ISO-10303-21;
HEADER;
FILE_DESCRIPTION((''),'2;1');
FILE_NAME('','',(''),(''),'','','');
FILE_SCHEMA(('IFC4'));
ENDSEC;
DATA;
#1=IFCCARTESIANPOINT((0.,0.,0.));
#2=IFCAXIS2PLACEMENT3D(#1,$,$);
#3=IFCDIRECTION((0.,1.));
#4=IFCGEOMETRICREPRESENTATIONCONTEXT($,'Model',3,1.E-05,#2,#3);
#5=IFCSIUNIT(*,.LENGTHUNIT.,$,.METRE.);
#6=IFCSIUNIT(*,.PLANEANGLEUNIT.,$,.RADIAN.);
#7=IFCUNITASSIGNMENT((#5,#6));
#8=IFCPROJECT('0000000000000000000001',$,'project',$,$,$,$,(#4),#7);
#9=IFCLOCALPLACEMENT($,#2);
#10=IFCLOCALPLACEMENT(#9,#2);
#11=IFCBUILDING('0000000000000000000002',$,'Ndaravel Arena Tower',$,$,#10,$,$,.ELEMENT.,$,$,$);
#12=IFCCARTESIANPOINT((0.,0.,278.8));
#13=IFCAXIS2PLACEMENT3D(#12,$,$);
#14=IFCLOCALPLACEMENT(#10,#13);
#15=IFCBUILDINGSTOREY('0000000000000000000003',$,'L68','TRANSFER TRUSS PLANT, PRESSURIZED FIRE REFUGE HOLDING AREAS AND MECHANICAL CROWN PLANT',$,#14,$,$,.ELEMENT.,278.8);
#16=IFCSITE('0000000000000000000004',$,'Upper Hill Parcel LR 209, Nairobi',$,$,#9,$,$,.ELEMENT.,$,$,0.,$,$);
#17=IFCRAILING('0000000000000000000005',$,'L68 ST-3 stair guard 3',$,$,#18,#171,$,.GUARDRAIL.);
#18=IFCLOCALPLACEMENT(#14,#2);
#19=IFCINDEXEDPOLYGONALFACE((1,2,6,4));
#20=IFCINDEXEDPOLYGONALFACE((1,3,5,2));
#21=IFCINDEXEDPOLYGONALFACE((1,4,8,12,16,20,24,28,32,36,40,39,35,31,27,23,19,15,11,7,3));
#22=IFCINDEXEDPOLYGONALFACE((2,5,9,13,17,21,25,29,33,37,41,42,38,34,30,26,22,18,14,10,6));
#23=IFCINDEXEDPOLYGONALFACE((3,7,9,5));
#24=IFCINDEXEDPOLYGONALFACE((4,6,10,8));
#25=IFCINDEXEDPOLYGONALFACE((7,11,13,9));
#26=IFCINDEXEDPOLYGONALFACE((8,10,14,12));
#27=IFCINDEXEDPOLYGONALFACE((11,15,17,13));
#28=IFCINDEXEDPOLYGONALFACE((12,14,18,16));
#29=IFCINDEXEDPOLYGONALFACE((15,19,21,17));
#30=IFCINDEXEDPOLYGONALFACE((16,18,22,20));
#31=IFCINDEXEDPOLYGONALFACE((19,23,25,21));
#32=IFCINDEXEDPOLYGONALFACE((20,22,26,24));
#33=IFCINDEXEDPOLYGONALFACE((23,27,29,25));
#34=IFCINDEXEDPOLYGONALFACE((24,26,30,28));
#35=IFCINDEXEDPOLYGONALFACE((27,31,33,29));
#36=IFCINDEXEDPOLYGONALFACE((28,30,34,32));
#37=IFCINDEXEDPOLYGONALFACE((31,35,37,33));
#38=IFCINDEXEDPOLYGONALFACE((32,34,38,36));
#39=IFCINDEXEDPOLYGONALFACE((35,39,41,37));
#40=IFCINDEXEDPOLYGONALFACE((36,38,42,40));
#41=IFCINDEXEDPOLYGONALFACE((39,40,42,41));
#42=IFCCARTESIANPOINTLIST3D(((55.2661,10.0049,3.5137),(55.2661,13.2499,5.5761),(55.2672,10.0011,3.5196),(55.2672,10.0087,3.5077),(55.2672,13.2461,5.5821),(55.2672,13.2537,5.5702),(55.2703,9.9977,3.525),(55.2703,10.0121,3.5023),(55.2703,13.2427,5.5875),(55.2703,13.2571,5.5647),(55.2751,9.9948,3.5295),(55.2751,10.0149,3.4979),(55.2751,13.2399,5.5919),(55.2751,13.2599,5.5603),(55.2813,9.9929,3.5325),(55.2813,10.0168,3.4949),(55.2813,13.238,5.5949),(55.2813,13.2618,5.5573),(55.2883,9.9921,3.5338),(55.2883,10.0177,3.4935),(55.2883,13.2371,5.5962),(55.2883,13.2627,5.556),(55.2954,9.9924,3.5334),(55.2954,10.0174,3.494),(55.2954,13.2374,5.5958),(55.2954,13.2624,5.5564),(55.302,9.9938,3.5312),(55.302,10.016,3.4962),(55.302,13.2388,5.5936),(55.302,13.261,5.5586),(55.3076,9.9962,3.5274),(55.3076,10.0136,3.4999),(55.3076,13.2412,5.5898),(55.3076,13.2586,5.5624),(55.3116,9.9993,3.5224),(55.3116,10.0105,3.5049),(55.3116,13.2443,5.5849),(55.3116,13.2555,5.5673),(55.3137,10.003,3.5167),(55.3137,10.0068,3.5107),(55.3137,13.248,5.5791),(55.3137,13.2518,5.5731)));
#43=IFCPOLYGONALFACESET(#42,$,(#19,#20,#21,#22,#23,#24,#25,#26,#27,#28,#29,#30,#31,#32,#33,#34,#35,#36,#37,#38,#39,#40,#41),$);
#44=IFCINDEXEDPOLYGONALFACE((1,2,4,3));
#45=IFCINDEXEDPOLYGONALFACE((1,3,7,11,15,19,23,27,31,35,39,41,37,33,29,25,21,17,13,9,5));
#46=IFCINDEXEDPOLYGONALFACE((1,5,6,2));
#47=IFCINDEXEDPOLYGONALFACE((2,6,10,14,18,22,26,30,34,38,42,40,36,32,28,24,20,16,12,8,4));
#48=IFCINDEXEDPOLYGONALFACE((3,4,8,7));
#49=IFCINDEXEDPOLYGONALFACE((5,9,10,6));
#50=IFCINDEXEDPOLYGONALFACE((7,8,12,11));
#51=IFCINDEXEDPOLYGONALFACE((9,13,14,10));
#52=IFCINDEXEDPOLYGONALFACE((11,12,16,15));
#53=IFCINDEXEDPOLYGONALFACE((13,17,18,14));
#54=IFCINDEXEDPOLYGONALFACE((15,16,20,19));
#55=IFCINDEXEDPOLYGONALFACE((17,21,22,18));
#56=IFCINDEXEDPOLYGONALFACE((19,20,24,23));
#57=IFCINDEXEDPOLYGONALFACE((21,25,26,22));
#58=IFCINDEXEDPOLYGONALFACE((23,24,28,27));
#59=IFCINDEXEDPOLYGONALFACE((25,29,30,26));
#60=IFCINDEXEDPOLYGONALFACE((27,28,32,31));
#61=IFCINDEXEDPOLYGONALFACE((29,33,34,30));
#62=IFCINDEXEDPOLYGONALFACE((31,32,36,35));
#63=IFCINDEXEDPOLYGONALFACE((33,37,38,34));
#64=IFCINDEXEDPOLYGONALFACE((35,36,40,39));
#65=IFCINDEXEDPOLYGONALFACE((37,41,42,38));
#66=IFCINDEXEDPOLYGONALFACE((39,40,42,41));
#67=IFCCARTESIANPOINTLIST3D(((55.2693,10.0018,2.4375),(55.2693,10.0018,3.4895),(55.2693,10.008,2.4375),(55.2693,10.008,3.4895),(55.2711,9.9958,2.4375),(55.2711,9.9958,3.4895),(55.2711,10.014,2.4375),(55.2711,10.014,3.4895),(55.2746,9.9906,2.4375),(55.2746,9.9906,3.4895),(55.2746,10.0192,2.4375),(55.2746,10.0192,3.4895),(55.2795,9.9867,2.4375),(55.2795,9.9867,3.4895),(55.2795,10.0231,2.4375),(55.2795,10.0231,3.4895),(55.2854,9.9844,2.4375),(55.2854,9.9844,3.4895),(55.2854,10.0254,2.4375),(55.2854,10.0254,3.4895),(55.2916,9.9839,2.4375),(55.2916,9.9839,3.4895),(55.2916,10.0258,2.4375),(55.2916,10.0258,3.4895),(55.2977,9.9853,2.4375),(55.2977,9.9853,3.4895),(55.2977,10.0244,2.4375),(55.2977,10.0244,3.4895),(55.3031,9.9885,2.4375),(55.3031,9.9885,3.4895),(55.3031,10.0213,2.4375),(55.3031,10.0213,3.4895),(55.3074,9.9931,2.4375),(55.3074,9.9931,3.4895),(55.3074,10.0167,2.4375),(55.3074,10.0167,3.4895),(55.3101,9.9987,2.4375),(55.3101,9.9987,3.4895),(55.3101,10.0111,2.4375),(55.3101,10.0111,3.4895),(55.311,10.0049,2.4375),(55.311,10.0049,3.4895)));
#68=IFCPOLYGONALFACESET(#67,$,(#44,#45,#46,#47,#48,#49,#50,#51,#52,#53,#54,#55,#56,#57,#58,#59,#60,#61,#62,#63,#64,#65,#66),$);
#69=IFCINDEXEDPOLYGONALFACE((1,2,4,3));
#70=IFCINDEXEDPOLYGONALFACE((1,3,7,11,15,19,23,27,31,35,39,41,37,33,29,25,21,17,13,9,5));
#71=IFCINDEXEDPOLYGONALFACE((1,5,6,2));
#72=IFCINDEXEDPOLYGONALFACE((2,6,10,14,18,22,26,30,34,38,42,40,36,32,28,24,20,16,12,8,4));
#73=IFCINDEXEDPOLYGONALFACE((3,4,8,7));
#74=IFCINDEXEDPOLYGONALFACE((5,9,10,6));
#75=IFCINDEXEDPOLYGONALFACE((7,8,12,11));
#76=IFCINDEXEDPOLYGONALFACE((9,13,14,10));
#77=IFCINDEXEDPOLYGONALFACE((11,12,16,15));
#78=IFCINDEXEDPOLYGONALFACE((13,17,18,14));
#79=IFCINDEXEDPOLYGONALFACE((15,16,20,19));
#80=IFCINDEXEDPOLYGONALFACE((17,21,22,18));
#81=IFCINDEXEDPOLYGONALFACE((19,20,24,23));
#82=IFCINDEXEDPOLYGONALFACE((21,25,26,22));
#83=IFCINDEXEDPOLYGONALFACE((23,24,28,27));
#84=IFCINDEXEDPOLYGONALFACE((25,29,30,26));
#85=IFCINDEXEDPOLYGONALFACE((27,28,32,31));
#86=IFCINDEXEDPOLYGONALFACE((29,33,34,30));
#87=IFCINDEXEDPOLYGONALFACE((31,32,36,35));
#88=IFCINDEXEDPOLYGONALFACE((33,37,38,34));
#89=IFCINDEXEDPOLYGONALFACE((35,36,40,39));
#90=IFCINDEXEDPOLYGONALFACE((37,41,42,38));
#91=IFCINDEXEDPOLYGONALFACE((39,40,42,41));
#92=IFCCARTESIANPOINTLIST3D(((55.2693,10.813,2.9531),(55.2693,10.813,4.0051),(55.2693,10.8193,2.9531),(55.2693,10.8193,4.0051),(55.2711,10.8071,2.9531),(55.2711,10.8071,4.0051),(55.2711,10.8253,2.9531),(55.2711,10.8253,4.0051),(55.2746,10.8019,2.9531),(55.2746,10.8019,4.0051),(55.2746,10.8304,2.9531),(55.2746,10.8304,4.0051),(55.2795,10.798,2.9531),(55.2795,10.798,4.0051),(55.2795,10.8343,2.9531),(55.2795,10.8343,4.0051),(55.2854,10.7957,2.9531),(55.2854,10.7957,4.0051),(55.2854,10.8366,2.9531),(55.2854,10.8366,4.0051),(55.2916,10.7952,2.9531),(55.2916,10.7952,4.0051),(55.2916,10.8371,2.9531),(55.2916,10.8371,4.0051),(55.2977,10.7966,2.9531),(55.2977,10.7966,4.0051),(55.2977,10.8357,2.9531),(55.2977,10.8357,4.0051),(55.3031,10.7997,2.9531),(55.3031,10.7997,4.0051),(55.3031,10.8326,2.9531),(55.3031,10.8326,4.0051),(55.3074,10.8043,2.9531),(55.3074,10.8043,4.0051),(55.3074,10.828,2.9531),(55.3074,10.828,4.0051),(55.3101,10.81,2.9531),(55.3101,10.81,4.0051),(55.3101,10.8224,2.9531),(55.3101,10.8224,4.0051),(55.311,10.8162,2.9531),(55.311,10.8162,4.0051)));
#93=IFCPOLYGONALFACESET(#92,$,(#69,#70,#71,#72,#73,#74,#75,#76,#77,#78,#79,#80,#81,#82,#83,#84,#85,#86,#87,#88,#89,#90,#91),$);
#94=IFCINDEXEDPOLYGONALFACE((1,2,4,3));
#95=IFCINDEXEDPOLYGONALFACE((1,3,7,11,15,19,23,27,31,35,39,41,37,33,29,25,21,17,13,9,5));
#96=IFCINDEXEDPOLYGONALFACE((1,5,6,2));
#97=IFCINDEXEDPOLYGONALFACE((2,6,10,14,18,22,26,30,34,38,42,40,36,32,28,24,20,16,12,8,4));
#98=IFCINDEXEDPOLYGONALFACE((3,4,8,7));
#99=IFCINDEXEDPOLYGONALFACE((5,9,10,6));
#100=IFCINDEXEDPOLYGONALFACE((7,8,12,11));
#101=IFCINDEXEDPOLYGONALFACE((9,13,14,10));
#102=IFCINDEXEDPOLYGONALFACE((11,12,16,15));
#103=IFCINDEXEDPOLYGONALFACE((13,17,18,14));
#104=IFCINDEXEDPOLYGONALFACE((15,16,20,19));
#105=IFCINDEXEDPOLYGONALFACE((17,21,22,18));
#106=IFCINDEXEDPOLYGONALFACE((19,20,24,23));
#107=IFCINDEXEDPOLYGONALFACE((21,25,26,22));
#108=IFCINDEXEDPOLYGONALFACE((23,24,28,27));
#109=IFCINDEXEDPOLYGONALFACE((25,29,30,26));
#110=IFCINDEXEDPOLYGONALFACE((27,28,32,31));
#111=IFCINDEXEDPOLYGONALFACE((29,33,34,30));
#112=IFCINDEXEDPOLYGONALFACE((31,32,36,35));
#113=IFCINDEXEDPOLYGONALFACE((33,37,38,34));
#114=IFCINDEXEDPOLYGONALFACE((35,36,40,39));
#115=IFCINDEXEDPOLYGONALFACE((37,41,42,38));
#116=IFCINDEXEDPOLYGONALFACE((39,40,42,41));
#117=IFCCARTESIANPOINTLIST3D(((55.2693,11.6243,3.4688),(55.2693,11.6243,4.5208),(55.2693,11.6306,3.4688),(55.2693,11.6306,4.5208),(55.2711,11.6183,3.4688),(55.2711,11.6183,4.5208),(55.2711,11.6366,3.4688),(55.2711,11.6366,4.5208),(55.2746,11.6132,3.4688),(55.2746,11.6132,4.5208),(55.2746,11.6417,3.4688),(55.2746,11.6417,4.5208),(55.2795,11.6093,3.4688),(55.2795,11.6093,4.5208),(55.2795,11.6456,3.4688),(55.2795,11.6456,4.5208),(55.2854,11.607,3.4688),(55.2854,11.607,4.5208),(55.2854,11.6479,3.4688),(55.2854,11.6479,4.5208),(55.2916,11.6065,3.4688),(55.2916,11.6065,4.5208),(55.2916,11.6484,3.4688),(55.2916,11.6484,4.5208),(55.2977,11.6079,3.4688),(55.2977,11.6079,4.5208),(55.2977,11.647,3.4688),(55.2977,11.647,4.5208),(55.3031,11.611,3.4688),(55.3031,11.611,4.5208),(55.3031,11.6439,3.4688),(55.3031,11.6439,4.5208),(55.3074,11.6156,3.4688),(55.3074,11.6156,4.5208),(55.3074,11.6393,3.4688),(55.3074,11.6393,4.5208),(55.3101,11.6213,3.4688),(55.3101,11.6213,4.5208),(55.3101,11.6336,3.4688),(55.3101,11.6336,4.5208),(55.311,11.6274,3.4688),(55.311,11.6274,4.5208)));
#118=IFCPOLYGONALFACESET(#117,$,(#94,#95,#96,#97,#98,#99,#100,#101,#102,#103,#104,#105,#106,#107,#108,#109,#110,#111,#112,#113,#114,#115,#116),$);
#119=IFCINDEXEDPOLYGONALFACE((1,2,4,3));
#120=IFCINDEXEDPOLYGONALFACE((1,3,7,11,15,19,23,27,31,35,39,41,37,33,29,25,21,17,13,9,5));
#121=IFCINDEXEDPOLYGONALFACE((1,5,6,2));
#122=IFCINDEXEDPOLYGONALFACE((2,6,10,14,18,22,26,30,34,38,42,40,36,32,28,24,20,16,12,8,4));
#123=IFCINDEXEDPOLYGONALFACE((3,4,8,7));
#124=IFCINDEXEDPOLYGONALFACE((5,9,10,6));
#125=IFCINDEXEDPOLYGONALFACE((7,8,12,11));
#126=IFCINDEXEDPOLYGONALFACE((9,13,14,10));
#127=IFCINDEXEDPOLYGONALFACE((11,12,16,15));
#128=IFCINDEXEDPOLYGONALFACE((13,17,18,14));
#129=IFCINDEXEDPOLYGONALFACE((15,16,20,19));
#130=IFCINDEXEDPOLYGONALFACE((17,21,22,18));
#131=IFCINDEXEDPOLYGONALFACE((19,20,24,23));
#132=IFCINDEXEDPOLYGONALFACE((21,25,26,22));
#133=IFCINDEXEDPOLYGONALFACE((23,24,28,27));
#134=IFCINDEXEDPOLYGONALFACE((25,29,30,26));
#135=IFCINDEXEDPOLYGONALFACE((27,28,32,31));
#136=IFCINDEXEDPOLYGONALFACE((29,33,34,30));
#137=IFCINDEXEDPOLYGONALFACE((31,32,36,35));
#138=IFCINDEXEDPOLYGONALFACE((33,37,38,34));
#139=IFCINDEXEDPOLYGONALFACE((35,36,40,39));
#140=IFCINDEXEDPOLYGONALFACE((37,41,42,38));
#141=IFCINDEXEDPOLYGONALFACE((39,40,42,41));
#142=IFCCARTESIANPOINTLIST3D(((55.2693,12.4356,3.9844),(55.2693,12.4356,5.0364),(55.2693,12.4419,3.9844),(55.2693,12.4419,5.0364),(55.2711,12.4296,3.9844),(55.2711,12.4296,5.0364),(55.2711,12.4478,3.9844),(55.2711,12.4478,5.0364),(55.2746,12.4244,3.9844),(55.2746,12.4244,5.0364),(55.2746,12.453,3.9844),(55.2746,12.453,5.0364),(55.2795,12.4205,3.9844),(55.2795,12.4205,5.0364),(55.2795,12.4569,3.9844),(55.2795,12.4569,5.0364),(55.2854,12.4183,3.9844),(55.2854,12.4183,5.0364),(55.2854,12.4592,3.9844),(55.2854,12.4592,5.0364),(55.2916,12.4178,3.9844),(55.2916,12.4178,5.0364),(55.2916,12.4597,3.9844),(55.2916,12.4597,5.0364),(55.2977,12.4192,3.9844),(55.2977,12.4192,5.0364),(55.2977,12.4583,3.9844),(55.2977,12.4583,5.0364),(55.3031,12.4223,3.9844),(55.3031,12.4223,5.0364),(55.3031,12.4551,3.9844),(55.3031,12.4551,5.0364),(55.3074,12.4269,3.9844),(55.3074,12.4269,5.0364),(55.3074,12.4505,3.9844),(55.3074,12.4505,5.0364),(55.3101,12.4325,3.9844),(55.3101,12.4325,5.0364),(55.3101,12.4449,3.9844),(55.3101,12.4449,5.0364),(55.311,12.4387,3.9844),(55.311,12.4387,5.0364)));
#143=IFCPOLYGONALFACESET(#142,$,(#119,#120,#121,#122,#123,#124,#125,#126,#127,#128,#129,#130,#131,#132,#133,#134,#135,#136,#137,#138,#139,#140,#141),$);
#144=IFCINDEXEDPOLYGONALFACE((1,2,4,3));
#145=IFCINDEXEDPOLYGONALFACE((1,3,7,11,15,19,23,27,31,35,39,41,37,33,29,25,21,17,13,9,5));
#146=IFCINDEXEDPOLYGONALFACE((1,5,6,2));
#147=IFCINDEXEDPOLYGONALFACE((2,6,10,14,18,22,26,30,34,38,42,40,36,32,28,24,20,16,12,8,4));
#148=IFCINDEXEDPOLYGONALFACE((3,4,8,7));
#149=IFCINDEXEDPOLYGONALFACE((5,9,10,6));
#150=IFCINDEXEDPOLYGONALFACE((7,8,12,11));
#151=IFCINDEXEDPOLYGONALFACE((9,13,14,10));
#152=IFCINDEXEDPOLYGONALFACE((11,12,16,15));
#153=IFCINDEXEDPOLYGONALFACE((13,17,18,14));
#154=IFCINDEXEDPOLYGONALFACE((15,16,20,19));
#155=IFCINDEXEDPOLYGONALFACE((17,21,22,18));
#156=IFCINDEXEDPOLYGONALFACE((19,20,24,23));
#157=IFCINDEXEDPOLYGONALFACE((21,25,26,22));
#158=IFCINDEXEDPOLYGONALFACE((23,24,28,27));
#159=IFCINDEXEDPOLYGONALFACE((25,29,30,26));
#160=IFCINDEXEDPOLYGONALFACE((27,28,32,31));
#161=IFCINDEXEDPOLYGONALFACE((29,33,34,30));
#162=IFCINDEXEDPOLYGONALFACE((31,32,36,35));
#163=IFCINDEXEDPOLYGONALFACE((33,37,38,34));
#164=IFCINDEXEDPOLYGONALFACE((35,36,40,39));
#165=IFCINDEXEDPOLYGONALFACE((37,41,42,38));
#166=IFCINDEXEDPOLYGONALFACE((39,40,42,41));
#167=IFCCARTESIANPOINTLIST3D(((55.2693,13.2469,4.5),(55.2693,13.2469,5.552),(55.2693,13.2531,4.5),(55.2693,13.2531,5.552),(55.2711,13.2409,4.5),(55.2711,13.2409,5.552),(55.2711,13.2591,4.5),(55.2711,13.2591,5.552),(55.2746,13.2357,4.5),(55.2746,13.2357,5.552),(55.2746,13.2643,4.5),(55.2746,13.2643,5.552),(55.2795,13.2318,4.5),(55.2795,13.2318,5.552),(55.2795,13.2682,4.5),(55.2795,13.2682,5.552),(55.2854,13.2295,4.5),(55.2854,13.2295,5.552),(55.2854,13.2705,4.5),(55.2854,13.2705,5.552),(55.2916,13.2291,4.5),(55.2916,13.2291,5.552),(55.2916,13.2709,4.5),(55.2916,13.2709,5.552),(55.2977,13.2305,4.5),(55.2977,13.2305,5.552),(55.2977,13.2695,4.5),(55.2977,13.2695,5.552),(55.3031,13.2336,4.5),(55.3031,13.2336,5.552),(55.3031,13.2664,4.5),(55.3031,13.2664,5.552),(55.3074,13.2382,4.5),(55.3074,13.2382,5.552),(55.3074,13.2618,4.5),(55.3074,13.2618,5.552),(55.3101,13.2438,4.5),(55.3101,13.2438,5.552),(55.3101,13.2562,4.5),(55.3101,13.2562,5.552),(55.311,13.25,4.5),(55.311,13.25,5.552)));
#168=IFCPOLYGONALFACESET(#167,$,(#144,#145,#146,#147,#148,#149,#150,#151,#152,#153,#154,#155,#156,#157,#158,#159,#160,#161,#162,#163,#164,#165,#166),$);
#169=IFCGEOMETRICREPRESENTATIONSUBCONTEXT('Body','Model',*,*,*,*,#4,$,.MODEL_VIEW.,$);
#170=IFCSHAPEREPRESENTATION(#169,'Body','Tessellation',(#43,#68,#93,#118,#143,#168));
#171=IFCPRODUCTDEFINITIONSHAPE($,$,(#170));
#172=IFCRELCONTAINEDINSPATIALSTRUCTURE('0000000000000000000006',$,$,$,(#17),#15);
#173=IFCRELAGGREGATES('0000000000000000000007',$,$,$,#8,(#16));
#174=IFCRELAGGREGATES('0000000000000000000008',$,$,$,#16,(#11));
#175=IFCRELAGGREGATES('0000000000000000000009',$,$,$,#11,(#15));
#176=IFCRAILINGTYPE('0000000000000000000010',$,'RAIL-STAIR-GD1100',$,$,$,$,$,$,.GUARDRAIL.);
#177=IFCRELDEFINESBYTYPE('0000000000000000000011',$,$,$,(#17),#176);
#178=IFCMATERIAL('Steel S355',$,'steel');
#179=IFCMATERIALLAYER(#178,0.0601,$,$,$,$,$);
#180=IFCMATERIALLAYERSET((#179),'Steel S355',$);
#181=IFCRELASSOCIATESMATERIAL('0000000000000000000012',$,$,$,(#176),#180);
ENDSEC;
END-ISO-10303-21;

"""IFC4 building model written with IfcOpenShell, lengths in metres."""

from ifc_helpers import new_model, si_unit, direction, frame, origin, origin_2d, place, context, subcontext, project, spatial, circle, extrude, material, layer, layer_set, type_object, element, save


model = new_model("IFC4")

# Units and contexts
model_context = context("Model", 3, precision=1e-05, world=origin(), true_north=direction((0.0, 1.0)))
body_context = subcontext(model_context, "Body", "Model", "MODEL_VIEW")
ifc_project = project(units=[si_unit("LENGTHUNIT", "METRE"), si_unit("PLANEANGLEUNIT", "RADIAN")], contexts=[model_context])

# Site, building, storey
site_placement = place(None, origin())
site = spatial("IfcSite", under=ifc_project, at=site_placement, Name="Upper Hill Parcel LR 209, Nairobi", CompositionType="ELEMENT", RefElevation=0.0)
building_placement = place(site_placement, origin())
building = spatial("IfcBuilding", under=site, at=building_placement, Name="Ndaravel Arena Tower", CompositionType="ELEMENT")
storey_placement = place(building_placement, frame((0.0, 0.0, 278.8)))
storey = spatial("IfcBuildingStorey", under=building, at=storey_placement, Name="L68", Description="TRANSFER TRUSS PLANT, PRESSURIZED FIRE REFUGE HOLDING AREAS AND MECHANICAL CROWN PLANT", CompositionType="ELEMENT", Elevation=278.8)

# Railing
ifc_material_1 = material(Name="Steel S355", Category="steel")
ifc_layer_1 = layer(ifc_material_1, 0.0601)
ifc_layer_set_1 = layer_set([ifc_layer_1], Name="Steel S355")
railing_type_1 = type_object("IfcRailingType", Name="RAIL-STAIR-GD1100", PredefinedType="GUARDRAIL", material=ifc_layer_set_1)
railing_1_placement = place(storey_placement, frame((55.29, 10.0049, 2.4375)))
element("IfcRailing", 1, at=railing_1_placement, inside=storey, type_object=railing_type_1, Name="L68 ST-3 stair guard 3", PredefinedType="GUARDRAIL", context=body_context, shape_type="SweptSolid", body=[
    extrude(circle(Radius=0.0239, at=origin_2d()), frame((0.0, 0.0, 1.0762), z_axis=(0.0, 0.843965, 0.536399), x_axis=(-1.0, 0.0, 0.0)), (0.0, 0.0, 1.0), 3.845),
    extrude(circle(Radius=0.021, at=origin_2d()), origin(), (0.0, 0.0, 1.0), 1.052),
    extrude(circle(Radius=0.021, at=origin_2d()), frame((0.0, 0.8113, 0.5156)), (0.0, 0.0, 1.0), 1.052),
    extrude(circle(Radius=0.021, at=origin_2d()), frame((0.0, 1.6226, 1.0312)), (0.0, 0.0, 1.0), 1.052),
    extrude(circle(Radius=0.021, at=origin_2d()), frame((0.0, 2.4338, 1.5469)), (0.0, 0.0, 1.0), 1.052),
    extrude(circle(Radius=0.021, at=origin_2d()), frame((0.0, 3.2451, 2.0625)), (0.0, 0.0, 1.0), 1.052),
])

save(model, "model.ifc")
